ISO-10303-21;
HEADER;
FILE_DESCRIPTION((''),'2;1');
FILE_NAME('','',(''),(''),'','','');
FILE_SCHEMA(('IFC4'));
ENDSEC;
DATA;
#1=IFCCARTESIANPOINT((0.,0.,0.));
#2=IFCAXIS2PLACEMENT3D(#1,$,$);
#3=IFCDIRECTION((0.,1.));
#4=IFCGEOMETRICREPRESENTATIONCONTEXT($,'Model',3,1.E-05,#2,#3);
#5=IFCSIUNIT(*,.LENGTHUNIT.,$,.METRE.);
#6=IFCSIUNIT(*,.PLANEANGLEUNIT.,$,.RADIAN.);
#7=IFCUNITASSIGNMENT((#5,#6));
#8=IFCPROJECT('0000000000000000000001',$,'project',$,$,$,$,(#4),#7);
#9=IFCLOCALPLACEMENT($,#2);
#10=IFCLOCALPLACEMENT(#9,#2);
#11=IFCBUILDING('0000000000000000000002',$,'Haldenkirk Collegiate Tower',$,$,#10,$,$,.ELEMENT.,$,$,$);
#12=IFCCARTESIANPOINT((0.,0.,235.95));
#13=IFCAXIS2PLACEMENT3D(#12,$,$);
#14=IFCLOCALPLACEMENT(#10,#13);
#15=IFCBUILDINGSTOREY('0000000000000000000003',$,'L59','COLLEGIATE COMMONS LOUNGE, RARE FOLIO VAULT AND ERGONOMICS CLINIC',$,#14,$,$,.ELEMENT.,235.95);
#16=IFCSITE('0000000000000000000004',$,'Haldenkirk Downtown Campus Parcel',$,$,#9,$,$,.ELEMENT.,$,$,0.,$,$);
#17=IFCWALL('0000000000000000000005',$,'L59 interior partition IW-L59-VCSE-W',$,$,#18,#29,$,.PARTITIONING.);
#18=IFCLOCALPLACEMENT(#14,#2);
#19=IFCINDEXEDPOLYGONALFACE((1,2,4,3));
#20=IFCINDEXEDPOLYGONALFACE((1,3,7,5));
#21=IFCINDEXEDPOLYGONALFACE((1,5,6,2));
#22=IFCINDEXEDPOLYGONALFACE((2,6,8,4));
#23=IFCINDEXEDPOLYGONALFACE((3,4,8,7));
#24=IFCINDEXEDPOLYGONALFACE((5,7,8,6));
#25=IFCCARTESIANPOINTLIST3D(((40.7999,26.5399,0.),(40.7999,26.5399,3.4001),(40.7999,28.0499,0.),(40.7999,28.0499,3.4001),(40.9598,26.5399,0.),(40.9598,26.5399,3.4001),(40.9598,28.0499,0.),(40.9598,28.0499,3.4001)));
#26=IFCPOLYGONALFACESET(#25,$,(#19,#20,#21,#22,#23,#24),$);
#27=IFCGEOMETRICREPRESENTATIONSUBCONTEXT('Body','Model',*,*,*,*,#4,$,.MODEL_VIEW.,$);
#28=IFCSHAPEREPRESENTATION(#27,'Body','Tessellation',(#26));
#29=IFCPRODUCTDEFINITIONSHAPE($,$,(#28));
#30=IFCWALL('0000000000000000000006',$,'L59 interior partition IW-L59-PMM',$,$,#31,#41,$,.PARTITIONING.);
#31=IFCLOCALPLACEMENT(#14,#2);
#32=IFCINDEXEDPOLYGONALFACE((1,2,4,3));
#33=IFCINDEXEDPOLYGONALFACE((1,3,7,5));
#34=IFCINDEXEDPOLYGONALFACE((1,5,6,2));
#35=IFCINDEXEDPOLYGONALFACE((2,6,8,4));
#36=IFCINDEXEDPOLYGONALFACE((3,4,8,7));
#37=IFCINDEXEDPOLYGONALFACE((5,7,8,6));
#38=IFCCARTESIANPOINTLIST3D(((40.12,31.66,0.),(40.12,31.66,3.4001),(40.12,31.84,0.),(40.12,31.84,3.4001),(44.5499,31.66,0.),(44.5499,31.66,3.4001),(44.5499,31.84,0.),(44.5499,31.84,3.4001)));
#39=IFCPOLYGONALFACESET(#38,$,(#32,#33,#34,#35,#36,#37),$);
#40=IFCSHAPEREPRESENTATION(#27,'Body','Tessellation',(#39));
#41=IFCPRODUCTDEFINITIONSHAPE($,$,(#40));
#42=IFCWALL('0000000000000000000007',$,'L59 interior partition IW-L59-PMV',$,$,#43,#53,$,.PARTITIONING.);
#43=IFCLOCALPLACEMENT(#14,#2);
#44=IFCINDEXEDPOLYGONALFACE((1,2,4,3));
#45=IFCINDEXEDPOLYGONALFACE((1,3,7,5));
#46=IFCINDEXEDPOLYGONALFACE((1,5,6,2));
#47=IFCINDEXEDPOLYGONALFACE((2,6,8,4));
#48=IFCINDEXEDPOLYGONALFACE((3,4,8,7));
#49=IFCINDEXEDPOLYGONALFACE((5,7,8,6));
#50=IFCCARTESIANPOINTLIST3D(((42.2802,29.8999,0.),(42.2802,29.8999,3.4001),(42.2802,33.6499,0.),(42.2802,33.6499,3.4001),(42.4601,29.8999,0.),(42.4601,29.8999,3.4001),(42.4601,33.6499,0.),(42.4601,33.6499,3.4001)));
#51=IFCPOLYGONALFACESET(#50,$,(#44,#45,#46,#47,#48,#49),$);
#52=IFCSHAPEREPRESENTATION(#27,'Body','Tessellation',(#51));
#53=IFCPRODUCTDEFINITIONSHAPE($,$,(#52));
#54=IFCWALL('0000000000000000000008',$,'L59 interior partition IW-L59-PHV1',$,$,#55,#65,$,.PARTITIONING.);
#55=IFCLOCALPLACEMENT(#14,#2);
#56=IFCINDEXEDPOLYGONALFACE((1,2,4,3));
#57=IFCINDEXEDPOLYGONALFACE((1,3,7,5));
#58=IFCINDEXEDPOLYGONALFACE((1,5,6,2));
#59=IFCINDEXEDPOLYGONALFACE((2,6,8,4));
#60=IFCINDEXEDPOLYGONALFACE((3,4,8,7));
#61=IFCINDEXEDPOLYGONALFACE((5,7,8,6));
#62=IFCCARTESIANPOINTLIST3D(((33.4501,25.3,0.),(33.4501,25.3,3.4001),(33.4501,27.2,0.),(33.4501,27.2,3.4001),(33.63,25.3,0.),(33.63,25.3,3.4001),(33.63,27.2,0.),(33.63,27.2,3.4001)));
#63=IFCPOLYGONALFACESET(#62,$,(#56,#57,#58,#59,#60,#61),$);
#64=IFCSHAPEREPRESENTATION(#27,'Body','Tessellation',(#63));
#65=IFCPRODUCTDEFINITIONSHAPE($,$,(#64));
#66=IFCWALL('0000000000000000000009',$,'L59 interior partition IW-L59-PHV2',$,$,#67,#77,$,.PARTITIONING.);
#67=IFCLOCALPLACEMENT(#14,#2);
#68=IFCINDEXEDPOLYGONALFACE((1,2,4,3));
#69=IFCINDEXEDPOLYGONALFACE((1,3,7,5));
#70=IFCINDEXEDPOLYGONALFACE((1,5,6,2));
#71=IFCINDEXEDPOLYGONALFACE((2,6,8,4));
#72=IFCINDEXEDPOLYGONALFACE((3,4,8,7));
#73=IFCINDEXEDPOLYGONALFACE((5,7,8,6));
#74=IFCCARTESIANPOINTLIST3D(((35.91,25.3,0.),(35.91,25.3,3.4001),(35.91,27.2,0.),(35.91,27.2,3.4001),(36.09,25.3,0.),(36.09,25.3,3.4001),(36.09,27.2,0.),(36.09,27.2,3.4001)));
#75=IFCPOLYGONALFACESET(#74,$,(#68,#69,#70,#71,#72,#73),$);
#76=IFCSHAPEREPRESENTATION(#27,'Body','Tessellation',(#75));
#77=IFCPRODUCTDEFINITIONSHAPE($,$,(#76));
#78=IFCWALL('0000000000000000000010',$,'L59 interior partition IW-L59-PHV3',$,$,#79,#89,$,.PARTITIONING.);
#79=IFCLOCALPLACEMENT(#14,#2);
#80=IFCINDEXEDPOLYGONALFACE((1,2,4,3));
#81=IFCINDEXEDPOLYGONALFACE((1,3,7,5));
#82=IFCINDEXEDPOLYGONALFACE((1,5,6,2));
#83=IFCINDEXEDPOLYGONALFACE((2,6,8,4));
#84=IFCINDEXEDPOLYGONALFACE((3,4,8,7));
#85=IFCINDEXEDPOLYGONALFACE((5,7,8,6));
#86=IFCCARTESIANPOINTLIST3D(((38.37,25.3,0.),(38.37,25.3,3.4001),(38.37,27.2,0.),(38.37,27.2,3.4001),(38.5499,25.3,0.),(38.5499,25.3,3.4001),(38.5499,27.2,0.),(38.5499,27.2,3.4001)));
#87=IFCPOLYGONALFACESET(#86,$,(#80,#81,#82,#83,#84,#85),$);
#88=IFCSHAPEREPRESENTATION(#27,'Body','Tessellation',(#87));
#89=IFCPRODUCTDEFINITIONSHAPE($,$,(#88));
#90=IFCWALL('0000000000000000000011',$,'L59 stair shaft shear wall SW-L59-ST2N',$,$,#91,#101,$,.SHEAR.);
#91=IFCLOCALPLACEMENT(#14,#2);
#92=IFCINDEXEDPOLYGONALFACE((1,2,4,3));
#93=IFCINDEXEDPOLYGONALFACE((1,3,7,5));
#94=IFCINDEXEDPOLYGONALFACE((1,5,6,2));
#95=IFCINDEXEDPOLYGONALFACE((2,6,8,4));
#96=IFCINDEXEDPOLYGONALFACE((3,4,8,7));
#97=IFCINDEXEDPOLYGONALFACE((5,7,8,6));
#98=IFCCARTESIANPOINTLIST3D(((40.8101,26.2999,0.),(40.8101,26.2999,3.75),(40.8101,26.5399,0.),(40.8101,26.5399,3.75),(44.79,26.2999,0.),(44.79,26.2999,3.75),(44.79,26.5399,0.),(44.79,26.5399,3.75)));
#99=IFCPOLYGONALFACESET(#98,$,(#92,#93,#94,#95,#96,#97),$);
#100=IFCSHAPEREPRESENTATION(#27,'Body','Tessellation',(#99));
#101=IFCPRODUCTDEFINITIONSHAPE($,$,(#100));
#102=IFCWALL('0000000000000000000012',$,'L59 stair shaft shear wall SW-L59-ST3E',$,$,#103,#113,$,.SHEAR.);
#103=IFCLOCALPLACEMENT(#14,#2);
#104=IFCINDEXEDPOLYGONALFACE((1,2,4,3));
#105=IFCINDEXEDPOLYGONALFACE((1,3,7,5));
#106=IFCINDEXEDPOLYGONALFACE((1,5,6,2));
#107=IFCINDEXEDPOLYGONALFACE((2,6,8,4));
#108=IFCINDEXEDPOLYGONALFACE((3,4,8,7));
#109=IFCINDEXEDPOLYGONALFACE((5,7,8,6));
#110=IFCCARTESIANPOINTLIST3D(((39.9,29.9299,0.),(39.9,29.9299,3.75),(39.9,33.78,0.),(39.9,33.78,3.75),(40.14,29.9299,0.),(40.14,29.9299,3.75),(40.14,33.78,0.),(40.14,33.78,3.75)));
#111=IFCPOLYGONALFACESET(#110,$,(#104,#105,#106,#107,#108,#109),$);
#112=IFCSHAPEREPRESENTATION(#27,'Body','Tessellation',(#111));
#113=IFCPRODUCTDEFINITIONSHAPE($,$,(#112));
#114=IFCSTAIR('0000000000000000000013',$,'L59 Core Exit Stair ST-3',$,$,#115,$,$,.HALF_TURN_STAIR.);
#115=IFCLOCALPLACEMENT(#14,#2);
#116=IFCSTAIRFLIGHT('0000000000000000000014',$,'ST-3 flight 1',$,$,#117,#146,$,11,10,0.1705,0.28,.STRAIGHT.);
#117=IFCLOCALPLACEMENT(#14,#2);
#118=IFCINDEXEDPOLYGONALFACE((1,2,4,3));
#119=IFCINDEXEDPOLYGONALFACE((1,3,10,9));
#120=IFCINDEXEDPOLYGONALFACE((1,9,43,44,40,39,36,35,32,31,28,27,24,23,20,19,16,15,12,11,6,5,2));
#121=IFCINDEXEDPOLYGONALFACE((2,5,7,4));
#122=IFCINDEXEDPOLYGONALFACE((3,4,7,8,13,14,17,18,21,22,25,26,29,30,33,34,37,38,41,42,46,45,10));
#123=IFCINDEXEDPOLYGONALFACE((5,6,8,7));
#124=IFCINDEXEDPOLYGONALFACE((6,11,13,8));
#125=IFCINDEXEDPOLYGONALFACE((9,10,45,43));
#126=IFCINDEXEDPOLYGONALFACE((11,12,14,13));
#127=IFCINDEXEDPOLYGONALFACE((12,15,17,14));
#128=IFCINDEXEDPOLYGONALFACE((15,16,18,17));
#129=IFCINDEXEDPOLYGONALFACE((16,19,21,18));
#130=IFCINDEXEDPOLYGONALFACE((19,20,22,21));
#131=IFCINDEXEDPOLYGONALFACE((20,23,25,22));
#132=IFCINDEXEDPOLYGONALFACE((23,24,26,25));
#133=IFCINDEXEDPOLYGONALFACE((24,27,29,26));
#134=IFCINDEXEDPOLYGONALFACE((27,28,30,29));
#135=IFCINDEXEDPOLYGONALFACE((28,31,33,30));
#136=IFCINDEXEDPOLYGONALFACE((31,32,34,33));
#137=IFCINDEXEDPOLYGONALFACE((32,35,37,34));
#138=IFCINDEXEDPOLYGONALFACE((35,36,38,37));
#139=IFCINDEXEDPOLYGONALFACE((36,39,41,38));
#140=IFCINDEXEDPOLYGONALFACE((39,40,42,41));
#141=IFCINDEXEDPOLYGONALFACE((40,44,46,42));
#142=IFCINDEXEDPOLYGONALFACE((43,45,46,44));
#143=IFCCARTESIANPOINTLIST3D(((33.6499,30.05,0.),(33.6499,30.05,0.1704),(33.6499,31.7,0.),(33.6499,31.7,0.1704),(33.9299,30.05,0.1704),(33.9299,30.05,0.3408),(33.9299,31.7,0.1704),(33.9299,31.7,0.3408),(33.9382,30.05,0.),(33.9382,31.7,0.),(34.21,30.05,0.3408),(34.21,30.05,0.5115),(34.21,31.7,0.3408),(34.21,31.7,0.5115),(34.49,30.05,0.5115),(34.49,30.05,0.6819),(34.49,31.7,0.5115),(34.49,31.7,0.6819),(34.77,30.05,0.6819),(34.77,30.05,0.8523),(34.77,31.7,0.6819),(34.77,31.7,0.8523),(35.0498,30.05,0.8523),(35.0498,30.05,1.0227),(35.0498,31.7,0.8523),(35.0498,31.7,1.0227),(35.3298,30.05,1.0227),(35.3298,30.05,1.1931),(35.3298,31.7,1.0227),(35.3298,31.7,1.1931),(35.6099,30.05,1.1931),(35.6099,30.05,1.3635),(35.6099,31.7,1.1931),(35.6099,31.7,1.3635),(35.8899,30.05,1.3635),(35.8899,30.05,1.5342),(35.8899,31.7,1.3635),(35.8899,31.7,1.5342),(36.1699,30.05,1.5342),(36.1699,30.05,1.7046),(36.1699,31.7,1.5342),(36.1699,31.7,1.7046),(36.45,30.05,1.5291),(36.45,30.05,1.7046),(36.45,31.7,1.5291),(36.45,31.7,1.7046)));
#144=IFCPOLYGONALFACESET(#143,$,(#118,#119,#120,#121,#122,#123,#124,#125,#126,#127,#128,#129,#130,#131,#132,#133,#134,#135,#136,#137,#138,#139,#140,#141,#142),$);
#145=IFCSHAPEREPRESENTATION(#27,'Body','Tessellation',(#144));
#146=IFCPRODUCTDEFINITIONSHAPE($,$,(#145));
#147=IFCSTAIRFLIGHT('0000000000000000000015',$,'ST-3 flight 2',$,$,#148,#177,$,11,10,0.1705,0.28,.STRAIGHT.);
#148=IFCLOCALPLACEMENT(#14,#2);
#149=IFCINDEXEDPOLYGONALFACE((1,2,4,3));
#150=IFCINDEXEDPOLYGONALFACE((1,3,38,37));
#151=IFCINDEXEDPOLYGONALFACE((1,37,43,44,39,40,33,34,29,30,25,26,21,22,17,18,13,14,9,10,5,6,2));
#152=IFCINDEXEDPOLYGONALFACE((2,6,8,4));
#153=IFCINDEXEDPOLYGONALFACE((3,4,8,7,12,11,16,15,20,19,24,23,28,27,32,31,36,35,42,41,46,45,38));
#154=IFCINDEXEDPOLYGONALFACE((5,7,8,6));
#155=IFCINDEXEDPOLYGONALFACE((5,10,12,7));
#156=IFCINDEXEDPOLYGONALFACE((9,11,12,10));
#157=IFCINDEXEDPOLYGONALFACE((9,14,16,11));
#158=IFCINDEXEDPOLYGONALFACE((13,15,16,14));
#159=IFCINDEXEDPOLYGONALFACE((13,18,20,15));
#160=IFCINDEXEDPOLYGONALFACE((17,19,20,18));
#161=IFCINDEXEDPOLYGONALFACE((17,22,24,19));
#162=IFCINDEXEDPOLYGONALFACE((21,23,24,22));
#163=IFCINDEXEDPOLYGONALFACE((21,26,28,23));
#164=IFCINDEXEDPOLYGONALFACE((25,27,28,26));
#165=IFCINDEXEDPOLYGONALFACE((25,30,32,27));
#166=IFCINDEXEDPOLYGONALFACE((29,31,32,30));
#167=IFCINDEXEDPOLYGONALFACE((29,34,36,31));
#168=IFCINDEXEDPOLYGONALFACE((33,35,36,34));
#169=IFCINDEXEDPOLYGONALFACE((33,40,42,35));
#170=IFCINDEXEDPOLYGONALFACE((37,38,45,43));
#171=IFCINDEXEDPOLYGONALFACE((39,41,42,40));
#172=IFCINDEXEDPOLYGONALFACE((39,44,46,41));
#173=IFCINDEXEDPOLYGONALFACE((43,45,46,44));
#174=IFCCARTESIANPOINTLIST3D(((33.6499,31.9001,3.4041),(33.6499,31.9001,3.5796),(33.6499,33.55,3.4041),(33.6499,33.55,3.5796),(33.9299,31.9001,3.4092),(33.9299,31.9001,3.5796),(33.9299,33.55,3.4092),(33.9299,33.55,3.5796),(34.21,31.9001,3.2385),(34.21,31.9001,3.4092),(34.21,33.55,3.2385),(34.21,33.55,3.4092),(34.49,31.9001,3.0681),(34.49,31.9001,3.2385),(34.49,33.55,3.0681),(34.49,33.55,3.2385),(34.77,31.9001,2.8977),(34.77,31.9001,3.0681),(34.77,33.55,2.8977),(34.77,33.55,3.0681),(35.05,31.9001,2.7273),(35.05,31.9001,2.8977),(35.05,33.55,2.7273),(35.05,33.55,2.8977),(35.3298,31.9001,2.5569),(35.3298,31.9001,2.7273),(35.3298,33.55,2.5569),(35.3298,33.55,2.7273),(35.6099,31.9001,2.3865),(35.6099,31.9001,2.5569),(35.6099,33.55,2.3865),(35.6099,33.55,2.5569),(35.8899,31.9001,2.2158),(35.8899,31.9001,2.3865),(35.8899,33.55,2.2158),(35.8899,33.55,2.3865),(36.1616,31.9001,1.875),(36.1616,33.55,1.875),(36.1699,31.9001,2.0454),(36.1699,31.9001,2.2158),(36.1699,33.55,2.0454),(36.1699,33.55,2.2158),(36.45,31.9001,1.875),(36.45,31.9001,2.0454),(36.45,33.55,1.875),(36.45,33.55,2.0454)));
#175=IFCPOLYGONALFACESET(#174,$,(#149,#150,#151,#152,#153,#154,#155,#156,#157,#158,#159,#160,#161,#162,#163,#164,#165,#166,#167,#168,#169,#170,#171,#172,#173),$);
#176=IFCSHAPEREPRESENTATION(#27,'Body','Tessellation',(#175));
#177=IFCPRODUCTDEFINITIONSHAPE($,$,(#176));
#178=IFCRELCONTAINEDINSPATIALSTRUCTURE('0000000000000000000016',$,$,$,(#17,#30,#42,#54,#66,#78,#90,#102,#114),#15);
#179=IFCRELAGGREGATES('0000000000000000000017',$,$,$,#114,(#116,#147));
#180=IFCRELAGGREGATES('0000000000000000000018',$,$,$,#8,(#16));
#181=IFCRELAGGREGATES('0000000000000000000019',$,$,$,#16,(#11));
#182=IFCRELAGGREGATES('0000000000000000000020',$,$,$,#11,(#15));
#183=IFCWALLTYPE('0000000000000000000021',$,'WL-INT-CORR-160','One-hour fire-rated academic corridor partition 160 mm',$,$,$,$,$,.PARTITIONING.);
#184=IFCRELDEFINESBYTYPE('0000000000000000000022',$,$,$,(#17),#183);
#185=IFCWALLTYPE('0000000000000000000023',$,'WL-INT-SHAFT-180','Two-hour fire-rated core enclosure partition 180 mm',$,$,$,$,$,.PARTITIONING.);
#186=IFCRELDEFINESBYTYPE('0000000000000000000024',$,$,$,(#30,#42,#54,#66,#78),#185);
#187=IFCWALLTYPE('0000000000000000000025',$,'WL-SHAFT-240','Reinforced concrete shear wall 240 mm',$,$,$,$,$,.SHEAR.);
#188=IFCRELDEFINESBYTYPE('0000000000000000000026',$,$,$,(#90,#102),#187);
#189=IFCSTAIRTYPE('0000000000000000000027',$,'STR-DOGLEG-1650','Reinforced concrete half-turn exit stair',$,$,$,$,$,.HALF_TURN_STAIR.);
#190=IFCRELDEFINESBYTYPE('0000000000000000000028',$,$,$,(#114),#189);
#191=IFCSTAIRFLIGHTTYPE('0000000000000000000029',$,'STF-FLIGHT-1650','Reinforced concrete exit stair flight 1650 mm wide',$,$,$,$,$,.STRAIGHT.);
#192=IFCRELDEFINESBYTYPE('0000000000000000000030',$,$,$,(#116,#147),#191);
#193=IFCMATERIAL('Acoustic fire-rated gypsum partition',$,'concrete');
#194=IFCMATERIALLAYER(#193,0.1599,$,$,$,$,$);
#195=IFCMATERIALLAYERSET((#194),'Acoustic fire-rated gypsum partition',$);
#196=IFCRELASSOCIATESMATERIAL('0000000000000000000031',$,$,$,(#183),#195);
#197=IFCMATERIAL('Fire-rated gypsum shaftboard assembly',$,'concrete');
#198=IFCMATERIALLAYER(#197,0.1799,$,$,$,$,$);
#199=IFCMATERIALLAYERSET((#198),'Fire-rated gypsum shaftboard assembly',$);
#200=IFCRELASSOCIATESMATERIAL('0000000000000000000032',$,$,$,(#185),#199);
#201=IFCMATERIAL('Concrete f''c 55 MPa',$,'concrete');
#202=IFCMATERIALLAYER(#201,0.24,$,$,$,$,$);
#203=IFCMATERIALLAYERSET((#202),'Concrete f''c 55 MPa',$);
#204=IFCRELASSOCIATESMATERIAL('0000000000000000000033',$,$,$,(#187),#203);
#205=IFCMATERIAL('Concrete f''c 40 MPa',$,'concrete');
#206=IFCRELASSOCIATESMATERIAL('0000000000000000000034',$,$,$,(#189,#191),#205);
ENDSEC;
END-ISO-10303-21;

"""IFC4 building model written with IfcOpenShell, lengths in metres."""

from ifc_helpers import new_model, si_unit, direction, frame, frame_2d, origin, place, context, subcontext, project, spatial, polyline, rectangle, outline, extrude, material, layer, layer_set, type_object, element, aggregate, save


model = new_model("IFC4")

# Units and contexts
model_context = context("Model", 3, precision=1e-05, world=origin(), true_north=direction((0.0, 1.0)))
body_context = subcontext(model_context, "Body", "Model", "MODEL_VIEW")
ifc_project = project(units=[si_unit("LENGTHUNIT", "METRE"), si_unit("PLANEANGLEUNIT", "RADIAN")], contexts=[model_context])

# Site, building, storey
site_placement = place(None, origin())
site = spatial("IfcSite", under=ifc_project, at=site_placement, Name="Haldenkirk Downtown Campus Parcel", CompositionType="ELEMENT", RefElevation=0.0)
building_placement = place(site_placement, origin())
building = spatial("IfcBuilding", under=site, at=building_placement, Name="Haldenkirk Collegiate Tower", CompositionType="ELEMENT")
storey_placement = place(building_placement, frame((0.0, 0.0, 235.95)))
storey = spatial("IfcBuildingStorey", under=building, at=storey_placement, Name="L59", Description="COLLEGIATE COMMONS LOUNGE, RARE FOLIO VAULT AND ERGONOMICS CLINIC", CompositionType="ELEMENT", Elevation=235.95)

# Shared definitions
ifc_material_1 = material(Name="Acoustic fire-rated gypsum partition", Category="concrete")
ifc_layer_1 = layer(ifc_material_1, 0.1599)
ifc_layer_set_1 = layer_set([ifc_layer_1], Name="Acoustic fire-rated gypsum partition")
wall_type_1 = type_object("IfcWallType", Name="WL-INT-CORR-160", Description="One-hour fire-rated academic corridor partition 160 mm", PredefinedType="PARTITIONING", material=ifc_layer_set_1)

# Wall
wall_1_placement = place(storey_placement, frame((40.8799, 26.54, 0.0), z_axis=(0.0, 0.0, 1.0), x_axis=(0.0, 1.0, 0.0)))
element("IfcWall", 1, at=wall_1_placement, inside=storey, type_object=wall_type_1, Name="L59 interior partition IW-L59-VCSE-W", PredefinedType="PARTITIONING", context=body_context, shape_type="SweptSolid", body=[
    extrude(rectangle(XDim=1.51, YDim=0.1599, at=frame_2d((0.7549, 0.0))), origin(), (0.0, 0.0, 1.0), 3.4001),
])

# Shared definitions
ifc_material_2 = material(Name="Fire-rated gypsum shaftboard assembly", Category="concrete")
ifc_layer_2 = layer(ifc_material_2, 0.1799)
ifc_layer_set_2 = layer_set([ifc_layer_2], Name="Fire-rated gypsum shaftboard assembly")
wall_type_2 = type_object("IfcWallType", Name="WL-INT-SHAFT-180", Description="Two-hour fire-rated core enclosure partition 180 mm", PredefinedType="PARTITIONING", material=ifc_layer_set_2)

# Walls
wall_2_placement = place(storey_placement, frame((40.1201, 31.75, 0.0), z_axis=(0.0, 0.0, 1.0), x_axis=(1.0, 0.0, 0.0)))
element("IfcWall", 2, at=wall_2_placement, inside=storey, type_object=wall_type_2, Name="L59 interior partition IW-L59-PMM", PredefinedType="PARTITIONING", context=body_context, shape_type="SweptSolid", body=[
    extrude(rectangle(XDim=4.4299, YDim=0.1799, at=frame_2d((2.2148, 0.0))), origin(), (0.0, 0.0, 1.0), 3.4001),
])
wall_3_placement = place(storey_placement, frame((42.3701, 29.8999, 0.0), z_axis=(0.0, 0.0, 1.0), x_axis=(0.0, 1.0, 0.0)))
element("IfcWall", 3, at=wall_3_placement, inside=storey, type_object=wall_type_2, Name="L59 interior partition IW-L59-PMV", PredefinedType="PARTITIONING", context=body_context, shape_type="SweptSolid", body=[
    extrude(rectangle(XDim=3.75, YDim=0.1799, at=frame_2d((1.875, 0.0))), origin(), (0.0, 0.0, 1.0), 3.4001),
])
for number, where, z_axis, x_axis, name in (
    (4, (33.54, 25.3, 0.0), (0.0, 0.0, 1.0), (0.0, 1.0, 0.0), "L59 interior partition IW-L59-PHV1"),
    (5, (36.0, 25.3, 0.0), (0.0, 0.0, 1.0), (0.0, 1.0, 0.0), "L59 interior partition IW-L59-PHV2"),
    (6, (38.46, 25.3, 0.0), (0.0, 0.0, 1.0), (0.0, 1.0, 0.0), "L59 interior partition IW-L59-PHV3"),
):
    element("IfcWall", number, at=place(storey_placement, frame(where, z_axis=z_axis, x_axis=x_axis)), inside=storey, type_object=wall_type_2, Name=name, PredefinedType="PARTITIONING", context=body_context, shape_type="SweptSolid", body=[
        extrude(rectangle(XDim=1.8999, YDim=0.1799, at=frame_2d((0.95, 0.0))), origin(), (0.0, 0.0, 1.0), 3.4001),
    ])
ifc_material_3 = material(Name="Concrete f'c 55 MPa", Category="concrete")
ifc_layer_3 = layer(ifc_material_3, 0.24)
ifc_layer_set_3 = layer_set([ifc_layer_3], Name="Concrete f'c 55 MPa")
wall_type_3 = type_object("IfcWallType", Name="WL-SHAFT-240", Description="Reinforced concrete shear wall 240 mm", PredefinedType="SHEAR", material=ifc_layer_set_3)
wall_4_placement = place(storey_placement, frame((40.8101, 26.4199, 0.0), z_axis=(0.0, 0.0, 1.0), x_axis=(1.0, 0.0, 0.0)))
element("IfcWall", 7, at=wall_4_placement, inside=storey, type_object=wall_type_3, Name="L59 stair shaft shear wall SW-L59-ST2N", PredefinedType="SHEAR", context=body_context, shape_type="SweptSolid", body=[
    extrude(rectangle(XDim=3.98, YDim=0.24, at=frame_2d((1.99, 0.0))), origin(), (0.0, 0.0, 1.0), 3.75),
])
wall_5_placement = place(storey_placement, frame((40.02, 29.9299, 0.0), z_axis=(0.0, 0.0, 1.0), x_axis=(0.0, 1.0, 0.0)))
element("IfcWall", 8, at=wall_5_placement, inside=storey, type_object=wall_type_3, Name="L59 stair shaft shear wall SW-L59-ST3E", PredefinedType="SHEAR", context=body_context, shape_type="SweptSolid", body=[
    extrude(rectangle(XDim=3.8501, YDim=0.24, at=frame_2d((1.925, 0.0))), origin(), (0.0, 0.0, 1.0), 3.75),
])

# Stair, stair flights
ifc_material_4 = material(Name="Concrete f'c 40 MPa", Category="concrete")
stair_type = type_object("IfcStairType", Name="STR-DOGLEG-1650", Description="Reinforced concrete half-turn exit stair", PredefinedType="HALF_TURN_STAIR", material=ifc_material_4)
stair_placement = place(storey_placement, origin())
stair = element("IfcStair", 9, at=stair_placement, inside=storey, type_object=stair_type, Name="L59 Core Exit Stair ST-3", PredefinedType="HALF_TURN_STAIR")
stair_flight_type = type_object("IfcStairFlightType", Name="STF-FLIGHT-1650", Description="Reinforced concrete exit stair flight 1650 mm wide", PredefinedType="STRAIGHT", material=ifc_material_4)
stair_flight_1_placement = place(storey_placement, frame((33.6499, 30.875, 0.0), z_axis=(0.0, 0.0, 1.0), x_axis=(1.0, 0.0, 0.0)))
stair_flight_1 = element("IfcStairFlight", 10, at=stair_flight_1_placement, type_object=stair_flight_type, Name="ST-3 flight 1", NumberOfRisers=11, NumberOfTreads=10, PredefinedType="STRAIGHT", RiserHeight=0.1705, TreadLength=0.28, context=body_context, shape_type="SweptSolid", body=[
    extrude(outline(polyline([(0.0, 0.0), (0.0, 0.1704), (0.28, 0.1704), (0.28, 0.3408), (0.5601, 0.3408), (0.5601, 0.5115), (0.8401, 0.5115), (0.8401, 0.6819), (1.1201, 0.6819), (1.1201, 0.8523), (1.3999, 0.8523), (1.3999, 1.0227), (1.6799, 1.0227), (1.6799, 1.1931), (1.96, 1.1931), (1.96, 1.3635), (2.24, 1.3635), (2.24, 1.5342), (2.52, 1.5342), (2.52, 1.7046), (2.8, 1.7046), (2.8, 1.875), (2.8, 1.5291), (0.2883, 0.0), (0.0, 0.0)])), frame((0.0, 0.825, 0.0), z_axis=(0.0, -1.0, 0.0), x_axis=(1.0, 0.0, 0.0)), (0.0, 0.0, 1.0), 1.6499),
])
stair_flight_2_placement = place(storey_placement, frame((36.45, 32.7251, 1.875), z_axis=(0.0, 0.0, 1.0), x_axis=(-1.0, 0.0, 0.0)))
stair_flight_2 = element("IfcStairFlight", 11, at=stair_flight_2_placement, type_object=stair_flight_type, Name="ST-3 flight 2", NumberOfRisers=11, NumberOfTreads=10, PredefinedType="STRAIGHT", RiserHeight=0.1705, TreadLength=0.28, context=body_context, shape_type="SweptSolid", body=[
    extrude(outline(polyline([(0.0, 0.0), (0.0, 0.1704), (0.28, 0.1704), (0.28, 0.3408), (0.5601, 0.3408), (0.5601, 0.5115), (0.8401, 0.5115), (0.8401, 0.6819), (1.1201, 0.6819), (1.1201, 0.8523), (1.3999, 0.8523), (1.3999, 1.0227), (1.6799, 1.0227), (1.6799, 1.1931), (1.96, 1.1931), (1.96, 1.3635), (2.24, 1.3635), (2.24, 1.5342), (2.52, 1.5342), (2.52, 1.7046), (2.8, 1.7046), (2.8, 1.875), (2.8, 1.5291), (0.2883, 0.0), (0.0, 0.0)])), frame((0.0, 0.825, 0.0), z_axis=(0.0, -1.0, 0.0), x_axis=(1.0, 0.0, 0.0)), (0.0, 0.0, 1.0), 1.6499),
])
aggregate(stair, [stair_flight_1, stair_flight_2])

save(model, "model.ifc")
